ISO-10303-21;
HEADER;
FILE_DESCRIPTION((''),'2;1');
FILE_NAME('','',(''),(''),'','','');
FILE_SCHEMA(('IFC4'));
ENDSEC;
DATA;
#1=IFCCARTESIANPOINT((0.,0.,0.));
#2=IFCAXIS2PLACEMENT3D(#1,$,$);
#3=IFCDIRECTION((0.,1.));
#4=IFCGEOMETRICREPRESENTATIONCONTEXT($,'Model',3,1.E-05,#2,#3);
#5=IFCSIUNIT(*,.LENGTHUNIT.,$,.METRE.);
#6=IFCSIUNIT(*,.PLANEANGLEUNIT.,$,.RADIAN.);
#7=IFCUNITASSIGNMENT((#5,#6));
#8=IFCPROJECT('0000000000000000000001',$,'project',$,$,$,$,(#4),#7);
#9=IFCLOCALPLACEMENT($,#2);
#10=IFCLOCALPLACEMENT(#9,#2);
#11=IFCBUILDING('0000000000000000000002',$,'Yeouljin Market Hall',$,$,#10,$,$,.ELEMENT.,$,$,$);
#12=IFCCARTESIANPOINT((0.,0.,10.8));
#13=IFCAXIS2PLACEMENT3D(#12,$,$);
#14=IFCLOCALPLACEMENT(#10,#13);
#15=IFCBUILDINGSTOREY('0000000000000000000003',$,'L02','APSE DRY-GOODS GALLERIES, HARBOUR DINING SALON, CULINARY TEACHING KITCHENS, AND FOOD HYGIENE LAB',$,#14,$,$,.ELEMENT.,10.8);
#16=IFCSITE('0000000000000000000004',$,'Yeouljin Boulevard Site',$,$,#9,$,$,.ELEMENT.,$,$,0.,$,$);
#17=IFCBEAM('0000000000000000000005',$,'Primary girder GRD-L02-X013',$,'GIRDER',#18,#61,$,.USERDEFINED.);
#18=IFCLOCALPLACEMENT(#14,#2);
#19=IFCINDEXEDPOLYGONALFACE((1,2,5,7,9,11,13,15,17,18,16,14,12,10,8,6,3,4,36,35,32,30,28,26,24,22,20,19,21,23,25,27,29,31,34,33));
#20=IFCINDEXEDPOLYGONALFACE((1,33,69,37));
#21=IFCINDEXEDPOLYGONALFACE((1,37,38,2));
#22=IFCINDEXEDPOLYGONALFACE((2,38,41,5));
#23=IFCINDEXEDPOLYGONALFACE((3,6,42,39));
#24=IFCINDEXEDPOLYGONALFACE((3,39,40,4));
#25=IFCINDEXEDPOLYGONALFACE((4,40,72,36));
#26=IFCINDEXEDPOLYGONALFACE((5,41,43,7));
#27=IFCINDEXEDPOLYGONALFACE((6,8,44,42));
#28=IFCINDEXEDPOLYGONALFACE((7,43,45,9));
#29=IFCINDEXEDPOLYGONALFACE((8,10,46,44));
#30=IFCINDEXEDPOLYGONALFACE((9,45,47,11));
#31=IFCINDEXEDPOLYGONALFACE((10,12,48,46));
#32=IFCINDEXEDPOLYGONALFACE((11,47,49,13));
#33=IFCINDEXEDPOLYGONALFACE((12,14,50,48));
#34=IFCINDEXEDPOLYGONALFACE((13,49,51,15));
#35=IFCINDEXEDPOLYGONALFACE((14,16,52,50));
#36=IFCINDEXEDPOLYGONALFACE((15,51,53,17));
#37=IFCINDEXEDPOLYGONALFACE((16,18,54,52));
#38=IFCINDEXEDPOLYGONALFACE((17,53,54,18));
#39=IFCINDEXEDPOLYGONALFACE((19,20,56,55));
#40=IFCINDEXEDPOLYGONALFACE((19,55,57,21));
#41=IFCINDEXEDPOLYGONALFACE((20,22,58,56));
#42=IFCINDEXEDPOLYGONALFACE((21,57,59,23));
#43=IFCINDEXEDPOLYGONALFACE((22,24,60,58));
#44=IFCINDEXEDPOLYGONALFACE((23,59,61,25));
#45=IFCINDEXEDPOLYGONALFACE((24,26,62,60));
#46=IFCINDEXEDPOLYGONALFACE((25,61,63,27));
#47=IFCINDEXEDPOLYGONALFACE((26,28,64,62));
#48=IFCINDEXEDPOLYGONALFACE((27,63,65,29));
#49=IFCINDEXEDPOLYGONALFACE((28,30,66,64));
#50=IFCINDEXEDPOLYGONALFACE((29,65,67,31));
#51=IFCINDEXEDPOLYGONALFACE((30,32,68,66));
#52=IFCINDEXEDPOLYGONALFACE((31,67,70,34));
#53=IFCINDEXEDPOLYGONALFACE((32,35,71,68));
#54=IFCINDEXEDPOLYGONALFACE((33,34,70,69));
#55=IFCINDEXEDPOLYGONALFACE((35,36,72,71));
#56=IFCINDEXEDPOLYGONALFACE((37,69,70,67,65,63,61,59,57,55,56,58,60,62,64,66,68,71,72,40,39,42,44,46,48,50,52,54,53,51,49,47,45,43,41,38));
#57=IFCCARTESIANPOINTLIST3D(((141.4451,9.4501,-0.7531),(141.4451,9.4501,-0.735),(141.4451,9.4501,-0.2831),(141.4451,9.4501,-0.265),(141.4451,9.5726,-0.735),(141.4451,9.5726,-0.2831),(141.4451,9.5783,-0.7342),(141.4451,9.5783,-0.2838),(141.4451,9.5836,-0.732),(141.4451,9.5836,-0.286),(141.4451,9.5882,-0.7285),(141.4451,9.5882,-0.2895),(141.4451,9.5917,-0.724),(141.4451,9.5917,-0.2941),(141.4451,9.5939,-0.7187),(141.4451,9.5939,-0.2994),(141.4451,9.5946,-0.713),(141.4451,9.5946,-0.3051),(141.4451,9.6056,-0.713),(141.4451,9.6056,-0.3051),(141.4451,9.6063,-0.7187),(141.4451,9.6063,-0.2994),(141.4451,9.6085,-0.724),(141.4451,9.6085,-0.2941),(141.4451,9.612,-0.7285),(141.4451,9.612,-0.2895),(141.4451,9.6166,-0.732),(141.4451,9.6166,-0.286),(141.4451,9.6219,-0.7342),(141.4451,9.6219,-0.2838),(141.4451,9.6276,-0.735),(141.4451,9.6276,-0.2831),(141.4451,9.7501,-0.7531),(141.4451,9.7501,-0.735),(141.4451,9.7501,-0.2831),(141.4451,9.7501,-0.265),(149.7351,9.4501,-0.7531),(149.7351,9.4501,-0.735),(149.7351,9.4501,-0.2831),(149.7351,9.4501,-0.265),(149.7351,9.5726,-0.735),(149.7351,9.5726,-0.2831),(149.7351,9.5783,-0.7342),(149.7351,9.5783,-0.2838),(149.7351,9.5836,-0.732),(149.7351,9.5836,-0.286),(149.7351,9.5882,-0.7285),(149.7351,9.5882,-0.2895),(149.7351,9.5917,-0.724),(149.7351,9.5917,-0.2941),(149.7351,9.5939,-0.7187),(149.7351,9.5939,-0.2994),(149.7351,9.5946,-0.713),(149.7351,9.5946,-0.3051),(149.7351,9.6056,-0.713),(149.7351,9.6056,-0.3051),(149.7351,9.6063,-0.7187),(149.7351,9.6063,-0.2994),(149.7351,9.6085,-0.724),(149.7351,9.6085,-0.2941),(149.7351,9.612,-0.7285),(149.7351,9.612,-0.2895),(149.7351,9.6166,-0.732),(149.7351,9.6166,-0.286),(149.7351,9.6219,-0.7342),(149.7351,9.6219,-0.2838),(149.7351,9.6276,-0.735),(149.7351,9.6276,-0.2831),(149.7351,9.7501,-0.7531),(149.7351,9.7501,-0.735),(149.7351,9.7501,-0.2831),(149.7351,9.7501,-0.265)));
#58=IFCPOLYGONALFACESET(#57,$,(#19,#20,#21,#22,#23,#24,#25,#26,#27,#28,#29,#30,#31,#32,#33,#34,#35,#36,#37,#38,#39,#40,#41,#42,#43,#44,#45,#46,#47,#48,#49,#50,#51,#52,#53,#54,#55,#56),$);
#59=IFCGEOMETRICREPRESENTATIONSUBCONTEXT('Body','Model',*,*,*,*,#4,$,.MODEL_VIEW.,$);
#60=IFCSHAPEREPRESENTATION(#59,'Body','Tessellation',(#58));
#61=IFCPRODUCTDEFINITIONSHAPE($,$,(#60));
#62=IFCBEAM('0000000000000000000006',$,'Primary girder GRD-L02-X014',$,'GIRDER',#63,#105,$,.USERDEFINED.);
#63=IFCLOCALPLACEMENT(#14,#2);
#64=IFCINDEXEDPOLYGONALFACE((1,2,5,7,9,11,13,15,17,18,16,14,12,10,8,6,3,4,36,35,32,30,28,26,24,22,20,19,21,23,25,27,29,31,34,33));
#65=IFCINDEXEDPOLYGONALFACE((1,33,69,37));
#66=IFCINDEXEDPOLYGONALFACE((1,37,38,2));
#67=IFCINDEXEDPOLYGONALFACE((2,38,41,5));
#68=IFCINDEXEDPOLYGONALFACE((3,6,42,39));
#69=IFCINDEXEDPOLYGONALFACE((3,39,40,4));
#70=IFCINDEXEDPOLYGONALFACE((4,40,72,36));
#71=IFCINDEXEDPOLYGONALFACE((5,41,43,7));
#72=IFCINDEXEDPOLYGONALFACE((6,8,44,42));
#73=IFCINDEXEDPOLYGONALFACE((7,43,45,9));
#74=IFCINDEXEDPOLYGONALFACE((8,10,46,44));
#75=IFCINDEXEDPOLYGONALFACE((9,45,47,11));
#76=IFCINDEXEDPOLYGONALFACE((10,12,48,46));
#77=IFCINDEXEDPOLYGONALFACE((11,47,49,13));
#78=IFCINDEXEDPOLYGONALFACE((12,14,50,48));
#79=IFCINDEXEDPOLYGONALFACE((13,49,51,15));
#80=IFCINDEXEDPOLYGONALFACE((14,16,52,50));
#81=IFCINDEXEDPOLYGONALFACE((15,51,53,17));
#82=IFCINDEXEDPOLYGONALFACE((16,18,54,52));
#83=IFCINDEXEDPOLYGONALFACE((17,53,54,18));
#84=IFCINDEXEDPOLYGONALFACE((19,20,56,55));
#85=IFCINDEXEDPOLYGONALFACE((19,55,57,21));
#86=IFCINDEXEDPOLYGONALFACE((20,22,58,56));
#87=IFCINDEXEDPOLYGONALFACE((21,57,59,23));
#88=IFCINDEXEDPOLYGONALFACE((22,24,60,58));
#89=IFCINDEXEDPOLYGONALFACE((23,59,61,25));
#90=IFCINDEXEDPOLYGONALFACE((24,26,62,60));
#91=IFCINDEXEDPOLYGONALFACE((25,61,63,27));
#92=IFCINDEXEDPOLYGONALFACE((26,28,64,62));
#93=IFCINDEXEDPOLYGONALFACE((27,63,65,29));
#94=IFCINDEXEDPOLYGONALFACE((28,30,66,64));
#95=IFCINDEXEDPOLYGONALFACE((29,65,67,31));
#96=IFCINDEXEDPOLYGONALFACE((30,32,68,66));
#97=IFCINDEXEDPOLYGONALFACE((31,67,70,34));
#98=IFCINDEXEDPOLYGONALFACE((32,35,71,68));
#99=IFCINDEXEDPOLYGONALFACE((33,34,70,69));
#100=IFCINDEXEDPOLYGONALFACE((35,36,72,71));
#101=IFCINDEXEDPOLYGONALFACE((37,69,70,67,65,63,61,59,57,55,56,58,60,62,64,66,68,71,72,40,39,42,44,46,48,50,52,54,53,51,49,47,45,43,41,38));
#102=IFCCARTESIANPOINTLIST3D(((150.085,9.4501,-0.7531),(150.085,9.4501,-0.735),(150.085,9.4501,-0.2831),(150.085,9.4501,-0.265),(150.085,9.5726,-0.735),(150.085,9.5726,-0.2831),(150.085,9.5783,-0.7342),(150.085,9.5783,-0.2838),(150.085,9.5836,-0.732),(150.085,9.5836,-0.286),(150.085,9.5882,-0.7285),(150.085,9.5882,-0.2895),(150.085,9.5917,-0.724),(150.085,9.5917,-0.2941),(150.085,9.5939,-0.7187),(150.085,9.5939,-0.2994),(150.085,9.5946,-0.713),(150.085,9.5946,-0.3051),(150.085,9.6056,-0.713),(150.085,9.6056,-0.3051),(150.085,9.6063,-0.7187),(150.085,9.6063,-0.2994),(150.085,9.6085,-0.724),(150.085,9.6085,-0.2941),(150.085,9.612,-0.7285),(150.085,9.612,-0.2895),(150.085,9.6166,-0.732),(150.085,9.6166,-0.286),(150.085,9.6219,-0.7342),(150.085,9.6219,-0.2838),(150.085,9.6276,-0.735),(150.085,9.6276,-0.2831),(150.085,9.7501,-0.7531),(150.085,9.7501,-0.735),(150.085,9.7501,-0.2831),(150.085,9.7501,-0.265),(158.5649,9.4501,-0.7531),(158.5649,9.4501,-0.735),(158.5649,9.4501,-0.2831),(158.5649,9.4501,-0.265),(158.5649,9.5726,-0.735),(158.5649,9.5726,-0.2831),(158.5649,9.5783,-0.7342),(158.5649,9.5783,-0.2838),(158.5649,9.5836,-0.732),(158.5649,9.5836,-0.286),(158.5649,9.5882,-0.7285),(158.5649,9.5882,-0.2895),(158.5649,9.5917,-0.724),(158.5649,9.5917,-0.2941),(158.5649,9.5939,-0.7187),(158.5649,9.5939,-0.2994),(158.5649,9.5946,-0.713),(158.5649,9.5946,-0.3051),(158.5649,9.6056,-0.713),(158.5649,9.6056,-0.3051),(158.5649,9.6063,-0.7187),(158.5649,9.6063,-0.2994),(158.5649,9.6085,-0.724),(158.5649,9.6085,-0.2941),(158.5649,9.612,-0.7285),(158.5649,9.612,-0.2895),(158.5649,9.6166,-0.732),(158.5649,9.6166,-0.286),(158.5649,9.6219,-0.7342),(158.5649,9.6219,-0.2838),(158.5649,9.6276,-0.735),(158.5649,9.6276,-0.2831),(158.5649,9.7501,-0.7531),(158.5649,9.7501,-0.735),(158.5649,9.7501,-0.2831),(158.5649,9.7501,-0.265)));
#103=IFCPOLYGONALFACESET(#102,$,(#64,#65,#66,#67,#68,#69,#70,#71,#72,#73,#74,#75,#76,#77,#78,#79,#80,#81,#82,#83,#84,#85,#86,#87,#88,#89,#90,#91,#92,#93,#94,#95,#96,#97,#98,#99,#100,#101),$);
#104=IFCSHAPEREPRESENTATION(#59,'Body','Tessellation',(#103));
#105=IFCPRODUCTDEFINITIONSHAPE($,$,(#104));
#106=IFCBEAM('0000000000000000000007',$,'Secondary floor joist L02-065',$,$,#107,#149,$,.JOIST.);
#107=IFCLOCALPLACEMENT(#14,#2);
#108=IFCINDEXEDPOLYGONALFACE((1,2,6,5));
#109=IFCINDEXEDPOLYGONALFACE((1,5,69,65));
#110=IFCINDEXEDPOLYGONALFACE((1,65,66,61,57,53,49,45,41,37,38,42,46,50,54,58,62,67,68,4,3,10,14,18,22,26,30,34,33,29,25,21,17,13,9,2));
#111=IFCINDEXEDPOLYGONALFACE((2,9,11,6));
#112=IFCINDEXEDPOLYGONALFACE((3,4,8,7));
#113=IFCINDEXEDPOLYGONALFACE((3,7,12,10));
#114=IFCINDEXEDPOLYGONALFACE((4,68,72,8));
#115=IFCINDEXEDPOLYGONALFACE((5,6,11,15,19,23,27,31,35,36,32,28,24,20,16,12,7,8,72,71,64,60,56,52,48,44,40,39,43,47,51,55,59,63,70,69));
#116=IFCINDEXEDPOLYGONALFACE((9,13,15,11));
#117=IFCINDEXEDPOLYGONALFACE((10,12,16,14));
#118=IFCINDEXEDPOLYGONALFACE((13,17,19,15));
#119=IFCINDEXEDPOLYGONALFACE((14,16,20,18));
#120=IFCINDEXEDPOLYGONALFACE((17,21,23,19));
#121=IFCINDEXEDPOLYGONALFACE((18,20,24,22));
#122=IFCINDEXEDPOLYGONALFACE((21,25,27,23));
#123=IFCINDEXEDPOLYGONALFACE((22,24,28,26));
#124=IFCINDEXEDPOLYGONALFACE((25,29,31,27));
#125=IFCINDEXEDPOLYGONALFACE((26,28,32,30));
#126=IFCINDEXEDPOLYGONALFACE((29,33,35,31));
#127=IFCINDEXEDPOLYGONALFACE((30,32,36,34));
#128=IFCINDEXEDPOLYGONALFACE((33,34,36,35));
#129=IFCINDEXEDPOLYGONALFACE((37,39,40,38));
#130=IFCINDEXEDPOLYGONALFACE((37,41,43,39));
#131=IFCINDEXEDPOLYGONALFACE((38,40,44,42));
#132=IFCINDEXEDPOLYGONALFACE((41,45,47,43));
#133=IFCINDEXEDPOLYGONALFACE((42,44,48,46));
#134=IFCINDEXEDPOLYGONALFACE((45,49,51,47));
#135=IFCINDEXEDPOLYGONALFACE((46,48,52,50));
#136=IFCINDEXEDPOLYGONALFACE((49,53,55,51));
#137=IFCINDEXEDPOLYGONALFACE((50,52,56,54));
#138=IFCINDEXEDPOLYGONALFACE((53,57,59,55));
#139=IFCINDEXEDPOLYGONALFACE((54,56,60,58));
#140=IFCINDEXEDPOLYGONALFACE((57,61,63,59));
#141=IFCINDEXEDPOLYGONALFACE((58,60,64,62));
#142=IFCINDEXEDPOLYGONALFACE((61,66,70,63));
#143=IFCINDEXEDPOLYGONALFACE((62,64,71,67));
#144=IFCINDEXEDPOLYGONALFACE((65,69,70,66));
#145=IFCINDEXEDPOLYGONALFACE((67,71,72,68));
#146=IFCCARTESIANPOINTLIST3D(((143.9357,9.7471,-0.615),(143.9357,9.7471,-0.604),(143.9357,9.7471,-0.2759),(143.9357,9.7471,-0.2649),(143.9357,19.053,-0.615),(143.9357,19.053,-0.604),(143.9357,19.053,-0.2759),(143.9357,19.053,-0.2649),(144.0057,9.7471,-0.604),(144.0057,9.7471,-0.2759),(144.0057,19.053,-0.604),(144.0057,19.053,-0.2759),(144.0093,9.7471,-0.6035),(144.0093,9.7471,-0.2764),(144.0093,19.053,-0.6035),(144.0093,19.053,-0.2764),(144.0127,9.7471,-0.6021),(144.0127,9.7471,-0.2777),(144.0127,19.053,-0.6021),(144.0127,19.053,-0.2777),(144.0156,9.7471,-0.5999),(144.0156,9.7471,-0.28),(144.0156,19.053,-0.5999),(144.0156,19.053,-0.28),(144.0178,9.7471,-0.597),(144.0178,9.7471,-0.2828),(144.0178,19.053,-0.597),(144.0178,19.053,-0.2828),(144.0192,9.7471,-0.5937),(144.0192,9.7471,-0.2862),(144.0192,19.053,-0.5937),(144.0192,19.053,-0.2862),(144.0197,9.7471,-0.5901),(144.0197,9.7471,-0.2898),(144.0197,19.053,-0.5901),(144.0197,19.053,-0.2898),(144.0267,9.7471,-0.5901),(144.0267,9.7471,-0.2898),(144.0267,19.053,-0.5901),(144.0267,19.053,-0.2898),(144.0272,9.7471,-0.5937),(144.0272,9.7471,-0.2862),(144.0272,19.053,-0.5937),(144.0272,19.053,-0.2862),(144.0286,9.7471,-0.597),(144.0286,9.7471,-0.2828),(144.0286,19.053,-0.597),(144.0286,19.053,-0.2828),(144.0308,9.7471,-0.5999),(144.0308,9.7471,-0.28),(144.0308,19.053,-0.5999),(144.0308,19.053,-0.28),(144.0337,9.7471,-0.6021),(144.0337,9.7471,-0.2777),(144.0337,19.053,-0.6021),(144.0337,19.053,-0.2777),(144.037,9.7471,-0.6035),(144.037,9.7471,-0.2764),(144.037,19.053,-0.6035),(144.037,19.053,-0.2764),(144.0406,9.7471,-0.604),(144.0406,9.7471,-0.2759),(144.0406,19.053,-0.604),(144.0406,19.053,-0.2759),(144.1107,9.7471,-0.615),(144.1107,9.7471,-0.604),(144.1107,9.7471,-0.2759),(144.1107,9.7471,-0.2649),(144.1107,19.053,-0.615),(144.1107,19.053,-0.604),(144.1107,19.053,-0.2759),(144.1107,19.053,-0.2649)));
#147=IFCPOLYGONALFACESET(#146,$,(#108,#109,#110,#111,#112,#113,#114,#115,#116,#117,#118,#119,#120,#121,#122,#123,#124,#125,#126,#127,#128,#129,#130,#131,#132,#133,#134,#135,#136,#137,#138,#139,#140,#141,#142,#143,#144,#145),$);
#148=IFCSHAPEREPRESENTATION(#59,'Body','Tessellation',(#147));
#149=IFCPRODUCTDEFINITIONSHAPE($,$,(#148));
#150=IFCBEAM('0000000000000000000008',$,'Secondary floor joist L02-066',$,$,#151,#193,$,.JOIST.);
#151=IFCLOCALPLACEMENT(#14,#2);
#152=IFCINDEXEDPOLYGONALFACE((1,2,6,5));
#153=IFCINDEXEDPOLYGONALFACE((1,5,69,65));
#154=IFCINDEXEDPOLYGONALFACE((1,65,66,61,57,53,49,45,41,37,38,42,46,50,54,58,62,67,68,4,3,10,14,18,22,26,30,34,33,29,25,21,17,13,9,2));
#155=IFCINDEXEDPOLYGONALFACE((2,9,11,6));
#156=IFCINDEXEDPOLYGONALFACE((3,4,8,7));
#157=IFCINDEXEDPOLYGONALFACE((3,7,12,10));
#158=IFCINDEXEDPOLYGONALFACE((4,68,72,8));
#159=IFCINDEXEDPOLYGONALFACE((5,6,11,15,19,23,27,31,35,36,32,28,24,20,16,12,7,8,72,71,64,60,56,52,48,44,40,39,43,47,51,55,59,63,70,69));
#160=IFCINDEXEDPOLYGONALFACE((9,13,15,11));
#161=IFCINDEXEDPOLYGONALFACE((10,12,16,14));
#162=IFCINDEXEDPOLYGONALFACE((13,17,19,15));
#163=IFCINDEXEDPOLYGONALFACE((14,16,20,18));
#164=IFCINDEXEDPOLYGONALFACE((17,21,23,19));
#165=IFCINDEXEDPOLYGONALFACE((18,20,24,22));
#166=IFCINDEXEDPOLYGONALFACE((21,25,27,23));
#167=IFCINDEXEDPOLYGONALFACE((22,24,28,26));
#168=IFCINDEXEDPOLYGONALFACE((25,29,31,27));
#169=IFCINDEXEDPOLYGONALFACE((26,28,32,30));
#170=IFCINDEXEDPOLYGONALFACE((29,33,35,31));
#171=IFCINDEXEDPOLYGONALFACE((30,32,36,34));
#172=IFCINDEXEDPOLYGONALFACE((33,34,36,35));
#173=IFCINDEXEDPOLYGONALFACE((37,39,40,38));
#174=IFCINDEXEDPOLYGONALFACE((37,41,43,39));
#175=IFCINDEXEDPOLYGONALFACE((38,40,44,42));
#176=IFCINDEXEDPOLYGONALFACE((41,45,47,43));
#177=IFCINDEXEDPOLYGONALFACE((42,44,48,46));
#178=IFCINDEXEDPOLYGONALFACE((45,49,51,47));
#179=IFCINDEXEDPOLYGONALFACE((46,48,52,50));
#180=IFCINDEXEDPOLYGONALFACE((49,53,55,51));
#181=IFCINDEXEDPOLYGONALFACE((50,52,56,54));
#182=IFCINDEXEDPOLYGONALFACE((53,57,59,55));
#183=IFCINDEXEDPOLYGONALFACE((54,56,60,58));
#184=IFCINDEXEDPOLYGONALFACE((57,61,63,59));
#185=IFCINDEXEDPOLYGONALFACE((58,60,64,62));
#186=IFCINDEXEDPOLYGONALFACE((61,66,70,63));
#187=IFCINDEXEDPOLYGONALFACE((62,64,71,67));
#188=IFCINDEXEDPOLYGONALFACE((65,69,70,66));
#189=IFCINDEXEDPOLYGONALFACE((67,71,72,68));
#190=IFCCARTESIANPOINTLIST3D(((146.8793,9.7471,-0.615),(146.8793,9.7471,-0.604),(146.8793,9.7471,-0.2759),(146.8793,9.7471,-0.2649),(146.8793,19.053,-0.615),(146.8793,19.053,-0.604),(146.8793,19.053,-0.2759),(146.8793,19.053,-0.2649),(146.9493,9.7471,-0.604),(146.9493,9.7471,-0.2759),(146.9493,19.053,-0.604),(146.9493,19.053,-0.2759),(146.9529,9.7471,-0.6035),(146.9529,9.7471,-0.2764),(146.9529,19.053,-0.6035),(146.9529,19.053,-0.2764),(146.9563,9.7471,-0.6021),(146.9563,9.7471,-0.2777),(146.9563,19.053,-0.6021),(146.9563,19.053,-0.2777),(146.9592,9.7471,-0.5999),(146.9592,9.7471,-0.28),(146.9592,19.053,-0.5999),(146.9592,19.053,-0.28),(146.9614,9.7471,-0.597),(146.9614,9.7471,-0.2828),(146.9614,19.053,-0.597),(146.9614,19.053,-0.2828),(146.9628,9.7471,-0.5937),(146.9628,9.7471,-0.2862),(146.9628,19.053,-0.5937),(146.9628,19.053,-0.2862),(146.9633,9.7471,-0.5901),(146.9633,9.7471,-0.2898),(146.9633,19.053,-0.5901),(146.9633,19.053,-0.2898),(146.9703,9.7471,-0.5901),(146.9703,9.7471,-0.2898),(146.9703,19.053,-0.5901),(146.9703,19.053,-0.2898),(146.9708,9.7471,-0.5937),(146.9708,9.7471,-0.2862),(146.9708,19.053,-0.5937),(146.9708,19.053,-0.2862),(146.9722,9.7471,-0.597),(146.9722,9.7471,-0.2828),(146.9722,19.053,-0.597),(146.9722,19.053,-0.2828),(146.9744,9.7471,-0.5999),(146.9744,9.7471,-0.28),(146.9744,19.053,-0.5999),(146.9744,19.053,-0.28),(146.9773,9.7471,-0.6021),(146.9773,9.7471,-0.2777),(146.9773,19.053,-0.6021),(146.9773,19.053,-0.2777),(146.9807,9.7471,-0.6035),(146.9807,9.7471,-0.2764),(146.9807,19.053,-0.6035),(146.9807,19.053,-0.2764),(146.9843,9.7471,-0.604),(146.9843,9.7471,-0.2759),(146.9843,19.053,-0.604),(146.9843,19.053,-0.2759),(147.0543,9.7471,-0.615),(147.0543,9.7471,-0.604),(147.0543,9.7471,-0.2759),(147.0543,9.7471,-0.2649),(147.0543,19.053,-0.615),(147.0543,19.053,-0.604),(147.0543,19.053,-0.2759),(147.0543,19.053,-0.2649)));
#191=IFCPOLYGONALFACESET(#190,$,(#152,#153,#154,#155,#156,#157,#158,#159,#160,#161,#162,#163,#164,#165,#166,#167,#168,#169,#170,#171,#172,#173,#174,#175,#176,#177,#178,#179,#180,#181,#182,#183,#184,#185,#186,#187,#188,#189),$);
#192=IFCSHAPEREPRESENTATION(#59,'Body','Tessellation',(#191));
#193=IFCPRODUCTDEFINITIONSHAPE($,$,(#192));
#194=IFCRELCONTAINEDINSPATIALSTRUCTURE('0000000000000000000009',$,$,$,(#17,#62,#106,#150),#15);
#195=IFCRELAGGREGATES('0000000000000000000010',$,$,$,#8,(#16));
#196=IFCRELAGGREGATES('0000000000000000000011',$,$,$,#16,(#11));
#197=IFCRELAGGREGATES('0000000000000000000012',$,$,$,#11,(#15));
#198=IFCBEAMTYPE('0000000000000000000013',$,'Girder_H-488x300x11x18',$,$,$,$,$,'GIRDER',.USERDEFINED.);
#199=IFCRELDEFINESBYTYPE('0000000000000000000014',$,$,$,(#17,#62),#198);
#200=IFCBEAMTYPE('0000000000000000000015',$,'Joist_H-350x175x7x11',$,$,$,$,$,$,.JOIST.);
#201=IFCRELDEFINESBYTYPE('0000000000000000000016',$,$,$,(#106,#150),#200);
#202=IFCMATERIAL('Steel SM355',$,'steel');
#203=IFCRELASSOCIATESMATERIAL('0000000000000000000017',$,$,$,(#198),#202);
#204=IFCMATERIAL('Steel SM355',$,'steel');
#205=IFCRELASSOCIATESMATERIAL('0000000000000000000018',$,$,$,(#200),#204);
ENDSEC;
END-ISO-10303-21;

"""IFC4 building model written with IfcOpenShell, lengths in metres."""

from ifc_helpers import new_model, si_unit, direction, frame, origin, origin_2d, place, context, subcontext, project, spatial, i_section, extrude, material, material_profile, profile_set, type_object, element, save


model = new_model("IFC4")

# Units and contexts
model_context = context("Model", 3, precision=1e-05, world=origin(), true_north=direction((0.0, 1.0)))
body_context = subcontext(model_context, "Body", "Model", "MODEL_VIEW")
ifc_project = project(units=[si_unit("LENGTHUNIT", "METRE"), si_unit("PLANEANGLEUNIT", "RADIAN")], contexts=[model_context])

# Site, building, storey
site_placement = place(None, origin())
site = spatial("IfcSite", under=ifc_project, at=site_placement, Name="Yeouljin Boulevard Site", CompositionType="ELEMENT", RefElevation=0.0)
building_placement = place(site_placement, origin())
building = spatial("IfcBuilding", under=site, at=building_placement, Name="Yeouljin Market Hall", CompositionType="ELEMENT")
storey_placement = place(building_placement, frame((0.0, 0.0, 10.8)))
storey = spatial("IfcBuildingStorey", under=building, at=storey_placement, Name="L02", Description="APSE DRY-GOODS GALLERIES, HARBOUR DINING SALON, CULINARY TEACHING KITCHENS, AND FOOD HYGIENE LAB", CompositionType="ELEMENT", Elevation=10.8)

# Beams
ifc_material_1 = material(Name="Steel SM355", Category="steel")
ifc_material_profile_1 = material_profile(ifc_material_1, i_section(OverallWidth=0.3, OverallDepth=0.488, WebThickness=0.011, FlangeThickness=0.0181, FilletRadius=0.022, at=origin_2d()), Name="H-488x300x11x18")
ifc_profile_set_1 = profile_set([ifc_material_profile_1], Name="Steel SM355")
beam_type_1 = type_object("IfcBeamType", Name="Girder_H-488x300x11x18", ElementType="GIRDER", PredefinedType="USERDEFINED", material=ifc_profile_set_1)
beam_1_placement = place(storey_placement, frame((141.4451, 9.6001, -0.509), z_axis=(1.0, 0.0, 0.0), x_axis=(0.0, 1.0, 0.0)))
element("IfcBeam", 1, at=beam_1_placement, inside=storey, type_object=beam_type_1, Name="Primary girder GRD-L02-X013", ObjectType="GIRDER", PredefinedType="USERDEFINED", context=body_context, shape_type="SweptSolid", body=[
    extrude(i_section(OverallWidth=0.3, OverallDepth=0.488, WebThickness=0.011, FlangeThickness=0.0181, FilletRadius=0.022, at=origin_2d()), origin(), (0.0, 0.0, 1.0), 8.29),
])
beam_2_placement = place(storey_placement, frame((150.085, 9.6001, -0.509), z_axis=(1.0, 0.0, 0.0), x_axis=(0.0, 1.0, 0.0)))
element("IfcBeam", 2, at=beam_2_placement, inside=storey, type_object=beam_type_1, Name="Primary girder GRD-L02-X014", ObjectType="GIRDER", PredefinedType="USERDEFINED", context=body_context, shape_type="SweptSolid", body=[
    extrude(i_section(OverallWidth=0.3, OverallDepth=0.488, WebThickness=0.011, FlangeThickness=0.0181, FilletRadius=0.022, at=origin_2d()), origin(), (0.0, 0.0, 1.0), 8.48),
])
ifc_material_2 = material(Name="Steel SM355", Category="steel")
ifc_material_profile_2 = material_profile(ifc_material_2, i_section(OverallWidth=0.175, OverallDepth=0.3501, WebThickness=0.0071, FlangeThickness=0.011, FilletRadius=0.0139, at=origin_2d()), Name="H-350x175x7x11")
ifc_profile_set_2 = profile_set([ifc_material_profile_2], Name="Steel SM355")
beam_type_2 = type_object("IfcBeamType", Name="Joist_H-350x175x7x11", PredefinedType="JOIST", material=ifc_profile_set_2)
for number, where, z_axis, x_axis, name in (
    (3, (144.0232, 9.7471, -0.4399), (0.0, 1.0, 0.0), (-1.0, 0.0, 0.0), "Secondary floor joist L02-065"),
    (4, (146.9668, 9.7471, -0.4399), (0.0, 1.0, 0.0), (-1.0, 0.0, 0.0), "Secondary floor joist L02-066"),
):
    element("IfcBeam", number, at=place(storey_placement, frame(where, z_axis=z_axis, x_axis=x_axis)), inside=storey, type_object=beam_type_2, Name=name, PredefinedType="JOIST", context=body_context, shape_type="SweptSolid", body=[
        extrude(i_section(OverallWidth=0.175, OverallDepth=0.3501, WebThickness=0.0071, FlangeThickness=0.011, FilletRadius=0.0139, at=origin_2d()), origin(), (0.0, 0.0, 1.0), 9.3059),
    ])

save(model, "model.ifc")
